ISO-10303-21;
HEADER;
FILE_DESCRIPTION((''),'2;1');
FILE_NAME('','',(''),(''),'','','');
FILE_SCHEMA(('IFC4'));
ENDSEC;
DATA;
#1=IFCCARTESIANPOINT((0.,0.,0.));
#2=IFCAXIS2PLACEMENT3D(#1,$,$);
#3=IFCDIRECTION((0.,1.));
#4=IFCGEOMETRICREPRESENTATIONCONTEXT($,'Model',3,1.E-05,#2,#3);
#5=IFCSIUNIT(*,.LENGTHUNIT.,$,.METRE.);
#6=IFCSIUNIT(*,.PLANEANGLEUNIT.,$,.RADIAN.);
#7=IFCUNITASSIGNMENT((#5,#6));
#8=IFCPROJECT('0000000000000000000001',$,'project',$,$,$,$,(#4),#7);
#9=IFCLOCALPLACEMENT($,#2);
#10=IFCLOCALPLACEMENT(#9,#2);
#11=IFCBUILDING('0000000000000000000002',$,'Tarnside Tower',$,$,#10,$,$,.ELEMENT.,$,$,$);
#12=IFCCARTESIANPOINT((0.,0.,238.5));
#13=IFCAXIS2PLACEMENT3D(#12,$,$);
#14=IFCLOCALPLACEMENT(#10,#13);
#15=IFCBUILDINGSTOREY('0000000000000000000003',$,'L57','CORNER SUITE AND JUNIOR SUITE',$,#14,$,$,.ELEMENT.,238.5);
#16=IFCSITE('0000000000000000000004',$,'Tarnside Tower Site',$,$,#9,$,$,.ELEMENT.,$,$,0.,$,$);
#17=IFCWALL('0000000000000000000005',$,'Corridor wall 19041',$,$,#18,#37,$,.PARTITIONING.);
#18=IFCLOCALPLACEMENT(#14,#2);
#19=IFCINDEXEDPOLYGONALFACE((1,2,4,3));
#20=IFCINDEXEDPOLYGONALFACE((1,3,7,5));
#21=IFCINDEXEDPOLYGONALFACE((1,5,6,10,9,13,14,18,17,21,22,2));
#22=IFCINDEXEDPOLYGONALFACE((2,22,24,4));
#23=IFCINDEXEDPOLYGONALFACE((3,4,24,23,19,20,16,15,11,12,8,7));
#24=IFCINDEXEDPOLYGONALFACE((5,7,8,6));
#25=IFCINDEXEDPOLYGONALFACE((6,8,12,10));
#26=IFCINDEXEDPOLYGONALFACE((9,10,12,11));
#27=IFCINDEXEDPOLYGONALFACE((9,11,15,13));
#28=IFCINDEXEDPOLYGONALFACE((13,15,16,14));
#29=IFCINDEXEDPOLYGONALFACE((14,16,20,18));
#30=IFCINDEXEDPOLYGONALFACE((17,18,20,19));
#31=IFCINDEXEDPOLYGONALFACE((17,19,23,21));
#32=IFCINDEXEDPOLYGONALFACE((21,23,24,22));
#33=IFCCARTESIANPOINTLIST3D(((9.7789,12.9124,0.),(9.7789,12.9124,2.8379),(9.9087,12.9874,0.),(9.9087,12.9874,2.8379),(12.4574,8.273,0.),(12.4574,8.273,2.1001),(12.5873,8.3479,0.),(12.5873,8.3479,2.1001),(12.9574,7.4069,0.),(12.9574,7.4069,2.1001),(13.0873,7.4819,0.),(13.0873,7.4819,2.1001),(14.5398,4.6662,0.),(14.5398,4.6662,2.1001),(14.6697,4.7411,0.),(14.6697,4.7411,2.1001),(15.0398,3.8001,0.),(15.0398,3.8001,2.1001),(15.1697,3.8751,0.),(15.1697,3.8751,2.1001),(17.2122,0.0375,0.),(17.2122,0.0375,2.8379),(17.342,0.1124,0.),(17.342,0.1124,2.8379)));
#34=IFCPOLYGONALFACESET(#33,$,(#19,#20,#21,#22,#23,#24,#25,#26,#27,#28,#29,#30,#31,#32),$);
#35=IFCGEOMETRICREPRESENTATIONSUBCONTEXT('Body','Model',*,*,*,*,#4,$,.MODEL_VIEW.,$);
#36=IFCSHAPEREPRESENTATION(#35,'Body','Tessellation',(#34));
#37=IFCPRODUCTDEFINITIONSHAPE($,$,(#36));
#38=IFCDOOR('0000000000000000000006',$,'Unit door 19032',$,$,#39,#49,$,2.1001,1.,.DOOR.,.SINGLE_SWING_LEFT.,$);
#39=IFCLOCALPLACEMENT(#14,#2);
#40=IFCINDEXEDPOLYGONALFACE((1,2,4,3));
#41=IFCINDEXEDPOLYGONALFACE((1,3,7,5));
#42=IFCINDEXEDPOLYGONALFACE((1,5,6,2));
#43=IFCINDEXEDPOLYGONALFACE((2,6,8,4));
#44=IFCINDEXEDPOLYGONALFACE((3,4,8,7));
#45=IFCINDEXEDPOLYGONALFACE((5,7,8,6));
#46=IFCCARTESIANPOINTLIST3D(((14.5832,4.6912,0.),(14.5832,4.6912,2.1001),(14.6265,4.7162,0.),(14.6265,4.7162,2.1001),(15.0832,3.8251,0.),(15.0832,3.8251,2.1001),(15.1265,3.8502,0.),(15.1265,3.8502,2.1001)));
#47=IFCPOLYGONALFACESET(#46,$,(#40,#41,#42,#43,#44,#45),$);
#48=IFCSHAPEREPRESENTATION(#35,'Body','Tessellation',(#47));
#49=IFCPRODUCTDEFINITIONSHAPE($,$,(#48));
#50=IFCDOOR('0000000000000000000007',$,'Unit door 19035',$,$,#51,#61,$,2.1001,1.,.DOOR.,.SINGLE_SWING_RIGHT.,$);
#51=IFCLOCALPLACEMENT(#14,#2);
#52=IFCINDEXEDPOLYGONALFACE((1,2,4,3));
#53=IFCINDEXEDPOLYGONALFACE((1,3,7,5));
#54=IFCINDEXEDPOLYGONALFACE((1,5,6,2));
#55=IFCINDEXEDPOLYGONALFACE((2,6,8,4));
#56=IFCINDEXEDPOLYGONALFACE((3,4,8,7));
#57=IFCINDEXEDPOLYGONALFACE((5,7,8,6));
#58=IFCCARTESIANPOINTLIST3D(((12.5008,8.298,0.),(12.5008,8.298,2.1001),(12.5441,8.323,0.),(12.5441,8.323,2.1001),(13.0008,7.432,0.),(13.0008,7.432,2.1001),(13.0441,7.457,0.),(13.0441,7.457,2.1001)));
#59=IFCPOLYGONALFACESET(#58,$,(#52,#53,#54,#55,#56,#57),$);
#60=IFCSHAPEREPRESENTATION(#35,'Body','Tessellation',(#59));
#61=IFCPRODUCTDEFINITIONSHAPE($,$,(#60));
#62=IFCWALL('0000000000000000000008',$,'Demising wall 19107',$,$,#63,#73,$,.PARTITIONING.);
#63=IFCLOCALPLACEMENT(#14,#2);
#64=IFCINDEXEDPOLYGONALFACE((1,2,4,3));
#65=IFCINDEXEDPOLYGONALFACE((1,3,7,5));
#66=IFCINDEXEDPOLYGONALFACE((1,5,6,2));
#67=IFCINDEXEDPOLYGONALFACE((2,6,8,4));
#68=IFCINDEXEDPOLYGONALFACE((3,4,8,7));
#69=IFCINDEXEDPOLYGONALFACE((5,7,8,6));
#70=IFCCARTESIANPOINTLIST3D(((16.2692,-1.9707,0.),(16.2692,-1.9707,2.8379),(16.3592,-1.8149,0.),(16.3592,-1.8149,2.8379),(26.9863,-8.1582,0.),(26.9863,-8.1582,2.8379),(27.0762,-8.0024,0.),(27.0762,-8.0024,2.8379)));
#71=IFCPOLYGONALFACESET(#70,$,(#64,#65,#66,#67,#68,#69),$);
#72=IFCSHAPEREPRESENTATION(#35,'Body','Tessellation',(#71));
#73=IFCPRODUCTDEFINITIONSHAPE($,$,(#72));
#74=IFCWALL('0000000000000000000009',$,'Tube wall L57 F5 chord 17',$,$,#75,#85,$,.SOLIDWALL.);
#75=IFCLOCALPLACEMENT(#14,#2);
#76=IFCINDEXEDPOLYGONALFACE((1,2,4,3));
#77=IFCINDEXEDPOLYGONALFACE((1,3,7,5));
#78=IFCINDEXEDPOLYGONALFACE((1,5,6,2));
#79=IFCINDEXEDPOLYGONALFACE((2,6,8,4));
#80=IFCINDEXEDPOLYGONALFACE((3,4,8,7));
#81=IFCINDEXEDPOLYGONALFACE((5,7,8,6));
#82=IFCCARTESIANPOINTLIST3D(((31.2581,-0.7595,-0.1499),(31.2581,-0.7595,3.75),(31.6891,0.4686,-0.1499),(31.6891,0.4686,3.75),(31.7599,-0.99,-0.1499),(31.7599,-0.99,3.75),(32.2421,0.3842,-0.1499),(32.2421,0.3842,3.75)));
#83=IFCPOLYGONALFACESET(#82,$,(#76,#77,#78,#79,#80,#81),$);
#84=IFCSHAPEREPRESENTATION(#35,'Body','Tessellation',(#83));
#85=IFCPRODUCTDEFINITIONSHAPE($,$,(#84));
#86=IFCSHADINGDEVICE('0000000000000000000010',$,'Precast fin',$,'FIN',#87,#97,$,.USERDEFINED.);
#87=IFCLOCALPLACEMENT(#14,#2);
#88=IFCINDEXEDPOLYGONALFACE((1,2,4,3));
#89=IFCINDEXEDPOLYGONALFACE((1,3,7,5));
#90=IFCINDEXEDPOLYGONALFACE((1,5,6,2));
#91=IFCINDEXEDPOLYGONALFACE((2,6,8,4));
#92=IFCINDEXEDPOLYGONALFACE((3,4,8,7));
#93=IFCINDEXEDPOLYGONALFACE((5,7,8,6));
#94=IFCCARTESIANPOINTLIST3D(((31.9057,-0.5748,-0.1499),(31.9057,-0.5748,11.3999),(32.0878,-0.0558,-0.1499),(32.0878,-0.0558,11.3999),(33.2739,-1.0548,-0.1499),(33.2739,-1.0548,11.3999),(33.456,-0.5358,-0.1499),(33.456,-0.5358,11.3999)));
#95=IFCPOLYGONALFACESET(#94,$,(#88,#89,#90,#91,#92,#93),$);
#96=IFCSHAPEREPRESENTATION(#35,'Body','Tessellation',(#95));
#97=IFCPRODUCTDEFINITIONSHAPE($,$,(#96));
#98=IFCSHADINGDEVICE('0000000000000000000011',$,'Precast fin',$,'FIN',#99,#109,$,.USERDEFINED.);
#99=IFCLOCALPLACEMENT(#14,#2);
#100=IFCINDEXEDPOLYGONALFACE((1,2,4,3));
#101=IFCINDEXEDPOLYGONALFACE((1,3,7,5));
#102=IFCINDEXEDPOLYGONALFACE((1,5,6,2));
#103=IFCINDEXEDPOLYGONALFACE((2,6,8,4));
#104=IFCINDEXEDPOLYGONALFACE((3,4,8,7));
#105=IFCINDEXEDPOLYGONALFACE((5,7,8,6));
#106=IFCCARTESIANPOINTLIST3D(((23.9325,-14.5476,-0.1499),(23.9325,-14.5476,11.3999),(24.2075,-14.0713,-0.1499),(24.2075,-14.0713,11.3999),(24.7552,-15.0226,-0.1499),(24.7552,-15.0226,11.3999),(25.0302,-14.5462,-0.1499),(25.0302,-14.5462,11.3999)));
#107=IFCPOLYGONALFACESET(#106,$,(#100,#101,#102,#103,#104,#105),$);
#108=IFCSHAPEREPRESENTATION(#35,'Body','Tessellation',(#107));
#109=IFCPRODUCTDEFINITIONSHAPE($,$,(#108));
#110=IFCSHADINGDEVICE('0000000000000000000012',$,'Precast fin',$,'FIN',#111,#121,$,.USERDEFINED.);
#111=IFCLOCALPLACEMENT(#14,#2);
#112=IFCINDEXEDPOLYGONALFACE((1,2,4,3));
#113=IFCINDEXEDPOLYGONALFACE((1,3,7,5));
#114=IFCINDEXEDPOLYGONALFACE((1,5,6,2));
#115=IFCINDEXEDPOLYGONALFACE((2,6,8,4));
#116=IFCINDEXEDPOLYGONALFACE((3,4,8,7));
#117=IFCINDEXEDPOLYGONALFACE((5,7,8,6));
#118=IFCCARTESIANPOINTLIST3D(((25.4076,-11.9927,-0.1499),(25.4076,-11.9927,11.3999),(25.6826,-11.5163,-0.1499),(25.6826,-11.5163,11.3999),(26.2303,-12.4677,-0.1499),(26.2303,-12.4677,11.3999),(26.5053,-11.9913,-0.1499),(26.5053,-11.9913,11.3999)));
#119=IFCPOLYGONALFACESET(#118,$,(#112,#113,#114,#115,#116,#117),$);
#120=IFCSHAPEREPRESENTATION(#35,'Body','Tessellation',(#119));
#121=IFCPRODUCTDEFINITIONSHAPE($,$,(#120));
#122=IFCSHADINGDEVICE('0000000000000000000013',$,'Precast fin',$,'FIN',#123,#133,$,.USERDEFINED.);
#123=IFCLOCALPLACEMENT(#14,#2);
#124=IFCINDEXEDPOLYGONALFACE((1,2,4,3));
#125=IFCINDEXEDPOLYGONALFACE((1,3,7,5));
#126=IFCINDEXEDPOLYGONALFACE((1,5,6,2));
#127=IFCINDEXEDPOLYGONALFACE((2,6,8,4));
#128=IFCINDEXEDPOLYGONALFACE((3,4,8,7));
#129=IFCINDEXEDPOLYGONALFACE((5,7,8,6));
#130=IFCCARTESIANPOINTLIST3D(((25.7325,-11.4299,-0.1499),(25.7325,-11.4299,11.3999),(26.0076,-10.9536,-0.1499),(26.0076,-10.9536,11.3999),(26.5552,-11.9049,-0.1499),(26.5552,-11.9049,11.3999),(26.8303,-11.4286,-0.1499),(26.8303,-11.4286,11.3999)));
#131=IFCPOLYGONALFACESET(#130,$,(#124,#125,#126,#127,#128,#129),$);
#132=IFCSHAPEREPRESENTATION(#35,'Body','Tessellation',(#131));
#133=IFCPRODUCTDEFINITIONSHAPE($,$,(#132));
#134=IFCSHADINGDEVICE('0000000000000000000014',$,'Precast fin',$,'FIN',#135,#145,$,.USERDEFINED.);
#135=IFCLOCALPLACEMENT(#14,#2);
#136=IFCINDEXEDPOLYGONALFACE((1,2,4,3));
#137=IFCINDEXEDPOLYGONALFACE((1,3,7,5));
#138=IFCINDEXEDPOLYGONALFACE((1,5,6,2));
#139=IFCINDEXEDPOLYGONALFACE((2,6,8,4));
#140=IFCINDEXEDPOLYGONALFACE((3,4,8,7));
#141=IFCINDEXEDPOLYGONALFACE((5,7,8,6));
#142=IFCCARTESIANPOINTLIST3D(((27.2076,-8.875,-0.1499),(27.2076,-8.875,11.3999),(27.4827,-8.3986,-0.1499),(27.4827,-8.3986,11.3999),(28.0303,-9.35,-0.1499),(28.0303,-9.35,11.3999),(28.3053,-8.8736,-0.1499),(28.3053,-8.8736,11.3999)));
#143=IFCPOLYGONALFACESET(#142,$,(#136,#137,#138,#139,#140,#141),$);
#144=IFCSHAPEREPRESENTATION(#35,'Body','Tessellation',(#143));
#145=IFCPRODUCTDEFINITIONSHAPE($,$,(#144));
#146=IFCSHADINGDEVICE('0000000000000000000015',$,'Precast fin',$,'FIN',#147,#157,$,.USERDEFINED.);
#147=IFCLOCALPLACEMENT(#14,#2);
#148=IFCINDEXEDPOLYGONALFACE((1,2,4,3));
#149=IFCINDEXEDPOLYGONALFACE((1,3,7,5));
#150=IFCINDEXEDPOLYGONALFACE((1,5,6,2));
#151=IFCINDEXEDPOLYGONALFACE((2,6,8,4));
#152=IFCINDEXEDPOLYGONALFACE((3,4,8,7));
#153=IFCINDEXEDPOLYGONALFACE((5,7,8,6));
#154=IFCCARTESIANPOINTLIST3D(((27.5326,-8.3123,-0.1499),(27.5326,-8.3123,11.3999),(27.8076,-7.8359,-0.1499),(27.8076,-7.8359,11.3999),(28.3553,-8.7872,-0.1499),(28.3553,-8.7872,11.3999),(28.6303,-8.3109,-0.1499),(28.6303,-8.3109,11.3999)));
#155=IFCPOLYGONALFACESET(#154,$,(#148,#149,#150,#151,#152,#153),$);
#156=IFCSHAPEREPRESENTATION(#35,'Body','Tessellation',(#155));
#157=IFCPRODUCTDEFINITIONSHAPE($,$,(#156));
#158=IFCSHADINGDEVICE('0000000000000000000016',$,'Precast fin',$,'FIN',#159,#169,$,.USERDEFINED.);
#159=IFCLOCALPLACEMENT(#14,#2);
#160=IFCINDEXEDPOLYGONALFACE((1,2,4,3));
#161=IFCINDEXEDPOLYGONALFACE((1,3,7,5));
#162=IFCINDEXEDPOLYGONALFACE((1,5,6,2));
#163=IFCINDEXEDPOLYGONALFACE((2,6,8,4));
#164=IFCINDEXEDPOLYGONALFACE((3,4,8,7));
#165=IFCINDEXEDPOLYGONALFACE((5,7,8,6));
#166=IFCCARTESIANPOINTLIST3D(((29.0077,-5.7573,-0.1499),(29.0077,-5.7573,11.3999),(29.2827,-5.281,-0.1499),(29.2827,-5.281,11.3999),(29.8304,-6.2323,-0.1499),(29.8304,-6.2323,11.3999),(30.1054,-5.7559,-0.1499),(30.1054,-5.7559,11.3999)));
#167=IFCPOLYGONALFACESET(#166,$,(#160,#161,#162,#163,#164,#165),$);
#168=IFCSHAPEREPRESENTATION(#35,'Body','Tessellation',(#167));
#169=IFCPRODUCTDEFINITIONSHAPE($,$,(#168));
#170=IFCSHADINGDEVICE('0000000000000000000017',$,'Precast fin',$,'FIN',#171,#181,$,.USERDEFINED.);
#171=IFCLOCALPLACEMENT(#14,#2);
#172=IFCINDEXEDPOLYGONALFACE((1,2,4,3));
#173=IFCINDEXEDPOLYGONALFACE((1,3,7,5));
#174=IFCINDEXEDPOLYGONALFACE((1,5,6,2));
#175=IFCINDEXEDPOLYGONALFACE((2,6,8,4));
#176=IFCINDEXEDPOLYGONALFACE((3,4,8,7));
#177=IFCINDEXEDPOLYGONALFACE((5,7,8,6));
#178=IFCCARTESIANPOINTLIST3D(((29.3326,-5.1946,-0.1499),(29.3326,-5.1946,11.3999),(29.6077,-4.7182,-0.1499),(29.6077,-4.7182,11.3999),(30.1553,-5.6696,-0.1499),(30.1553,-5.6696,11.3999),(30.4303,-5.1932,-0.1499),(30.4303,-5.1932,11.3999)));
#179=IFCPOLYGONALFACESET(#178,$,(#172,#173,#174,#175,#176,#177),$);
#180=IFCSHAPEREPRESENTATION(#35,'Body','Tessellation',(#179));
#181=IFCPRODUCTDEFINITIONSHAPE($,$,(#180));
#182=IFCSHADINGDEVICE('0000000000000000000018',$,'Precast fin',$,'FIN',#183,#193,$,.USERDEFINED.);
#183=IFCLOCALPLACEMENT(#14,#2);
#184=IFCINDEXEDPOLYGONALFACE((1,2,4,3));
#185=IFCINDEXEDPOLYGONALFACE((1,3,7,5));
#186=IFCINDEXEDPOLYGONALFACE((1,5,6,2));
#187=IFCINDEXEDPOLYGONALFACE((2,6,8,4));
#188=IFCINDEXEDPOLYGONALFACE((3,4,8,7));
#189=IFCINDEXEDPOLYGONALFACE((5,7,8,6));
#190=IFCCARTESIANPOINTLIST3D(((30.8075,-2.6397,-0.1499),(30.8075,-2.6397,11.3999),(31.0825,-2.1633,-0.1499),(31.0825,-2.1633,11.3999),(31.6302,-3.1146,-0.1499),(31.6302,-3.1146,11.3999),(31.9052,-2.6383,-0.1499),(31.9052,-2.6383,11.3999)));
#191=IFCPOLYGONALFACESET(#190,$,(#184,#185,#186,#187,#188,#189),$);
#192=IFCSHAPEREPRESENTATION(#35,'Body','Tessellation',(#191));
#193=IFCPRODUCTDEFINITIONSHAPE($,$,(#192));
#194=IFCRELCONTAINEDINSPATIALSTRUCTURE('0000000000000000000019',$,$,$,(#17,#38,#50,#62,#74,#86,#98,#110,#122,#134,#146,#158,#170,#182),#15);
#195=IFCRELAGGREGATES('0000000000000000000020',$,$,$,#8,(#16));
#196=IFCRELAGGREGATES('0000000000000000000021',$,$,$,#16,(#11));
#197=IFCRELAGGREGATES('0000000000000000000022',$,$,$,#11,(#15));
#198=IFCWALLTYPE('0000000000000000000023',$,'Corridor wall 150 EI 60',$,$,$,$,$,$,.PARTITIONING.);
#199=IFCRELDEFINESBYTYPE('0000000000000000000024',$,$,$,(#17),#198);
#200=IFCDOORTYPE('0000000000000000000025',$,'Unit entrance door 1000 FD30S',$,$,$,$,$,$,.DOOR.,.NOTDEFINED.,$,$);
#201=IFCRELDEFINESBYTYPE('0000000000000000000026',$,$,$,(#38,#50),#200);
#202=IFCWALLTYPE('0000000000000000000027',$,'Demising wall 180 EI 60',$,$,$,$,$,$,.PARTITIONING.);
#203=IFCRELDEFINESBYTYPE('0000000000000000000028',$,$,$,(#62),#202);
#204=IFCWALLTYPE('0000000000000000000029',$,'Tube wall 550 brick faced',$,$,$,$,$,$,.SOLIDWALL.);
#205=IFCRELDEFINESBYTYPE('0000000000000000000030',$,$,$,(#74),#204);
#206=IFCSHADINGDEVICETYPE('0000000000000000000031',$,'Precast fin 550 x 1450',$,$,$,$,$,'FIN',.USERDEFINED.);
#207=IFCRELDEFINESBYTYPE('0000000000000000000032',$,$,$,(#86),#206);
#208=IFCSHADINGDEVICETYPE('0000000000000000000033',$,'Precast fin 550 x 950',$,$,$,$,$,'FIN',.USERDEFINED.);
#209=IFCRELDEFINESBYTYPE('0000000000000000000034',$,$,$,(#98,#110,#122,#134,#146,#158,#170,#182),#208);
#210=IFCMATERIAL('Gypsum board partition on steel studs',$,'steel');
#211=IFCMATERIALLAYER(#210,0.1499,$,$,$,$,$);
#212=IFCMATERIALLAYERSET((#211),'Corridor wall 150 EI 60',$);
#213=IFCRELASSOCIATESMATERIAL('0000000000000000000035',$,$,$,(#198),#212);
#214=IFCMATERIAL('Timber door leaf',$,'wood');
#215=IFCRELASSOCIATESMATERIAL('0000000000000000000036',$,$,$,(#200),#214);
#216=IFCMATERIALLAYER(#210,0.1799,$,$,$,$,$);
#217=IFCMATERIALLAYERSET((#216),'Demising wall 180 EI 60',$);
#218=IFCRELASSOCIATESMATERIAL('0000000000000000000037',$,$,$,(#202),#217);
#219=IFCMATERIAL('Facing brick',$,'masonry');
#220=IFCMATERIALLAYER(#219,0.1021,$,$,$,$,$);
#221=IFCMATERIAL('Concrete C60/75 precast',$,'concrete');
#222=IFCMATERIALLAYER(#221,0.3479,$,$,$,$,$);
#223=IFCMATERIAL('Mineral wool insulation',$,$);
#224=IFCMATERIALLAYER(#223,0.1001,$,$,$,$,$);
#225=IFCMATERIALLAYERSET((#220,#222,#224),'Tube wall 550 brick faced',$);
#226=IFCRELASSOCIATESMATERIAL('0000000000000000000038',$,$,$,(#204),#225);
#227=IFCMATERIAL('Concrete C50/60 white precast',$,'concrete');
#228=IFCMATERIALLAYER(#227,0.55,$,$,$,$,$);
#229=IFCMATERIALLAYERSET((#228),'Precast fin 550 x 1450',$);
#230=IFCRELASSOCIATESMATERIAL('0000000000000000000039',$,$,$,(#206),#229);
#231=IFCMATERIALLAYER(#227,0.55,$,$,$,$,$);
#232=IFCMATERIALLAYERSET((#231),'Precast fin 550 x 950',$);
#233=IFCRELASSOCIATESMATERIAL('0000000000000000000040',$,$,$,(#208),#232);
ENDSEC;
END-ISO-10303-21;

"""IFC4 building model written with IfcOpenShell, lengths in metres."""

from ifc_helpers import new_model, si_unit, direction, frame, frame_2d, origin, place, context, subcontext, project, spatial, polyline, rectangle, outline, extrude, material, layer, layer_set, type_object, element, fill, save


model = new_model("IFC4")

# Units and contexts
model_context = context("Model", 3, precision=1e-05, world=origin(), true_north=direction((0.0, 1.0)))
body_context = subcontext(model_context, "Body", "Model", "MODEL_VIEW")
ifc_project = project(units=[si_unit("LENGTHUNIT", "METRE"), si_unit("PLANEANGLEUNIT", "RADIAN")], contexts=[model_context])

# Site, building, storey
site_placement = place(None, origin())
site = spatial("IfcSite", under=ifc_project, at=site_placement, Name="Tarnside Tower Site", CompositionType="ELEMENT", RefElevation=0.0)
building_placement = place(site_placement, origin())
building = spatial("IfcBuilding", under=site, at=building_placement, Name="Tarnside Tower", CompositionType="ELEMENT")
storey_placement = place(building_placement, frame((0.0, 0.0, 238.5)))
storey = spatial("IfcBuildingStorey", under=building, at=storey_placement, Name="L57", Description="CORNER SUITE AND JUNIOR SUITE", CompositionType="ELEMENT", Elevation=238.5)

# Shared definitions
ifc_material_1 = material(Name="Gypsum board partition on steel studs", Category="steel")

# Shared definitions
ifc_material_2 = material(Name="Timber door leaf", Category="wood")

# Wall, openings, doors
ifc_layer_1 = layer(ifc_material_1, 0.1499)
ifc_layer_set_1 = layer_set([ifc_layer_1], Name="Corridor wall 150 EI 60")
wall_type_1 = type_object("IfcWallType", Name="Corridor wall 150 EI 60", PredefinedType="PARTITIONING", material=ifc_layer_set_1)
wall_1_placement = place(storey_placement, frame((17.2771, 0.075, 0.0), z_axis=(0.0, 0.0, 1.0), x_axis=(-0.499998, 0.866026, 0.0)))
wall_1 = element("IfcWall", 1, at=wall_1_placement, inside=storey, type_object=wall_type_1, Name="Corridor wall 19041", PredefinedType="PARTITIONING", context=body_context, shape_type="SweptSolid", body=[
    extrude(rectangle(XDim=14.8667, YDim=0.1499, at=frame_2d((7.4333, 0.0))), origin(), (0.0, 0.0, 1.0), 2.8379),
])
opening_1_placement = place(wall_1_placement, frame((4.3447, 0.0, 0.0)))
opening_1 = element("IfcOpeningElement", 2, at=opening_1_placement, cuts=wall_1, PredefinedType="OPENING", context=body_context, shape_type="SweptSolid", body=[
    extrude(rectangle(XDim=1.0, YDim=2.1001, at=frame_2d((0.5, 1.05))), frame((0.0, 0.085, 0.0), z_axis=(0.0, -1.0, 0.0), x_axis=(1.0, 0.0, 0.0)), (0.0, 0.0, 1.0), 0.1699),
])
opening_2_placement = place(wall_1_placement, frame((8.5095, 0.0, 0.0)))
opening_2 = element("IfcOpeningElement", 3, at=opening_2_placement, cuts=wall_1, PredefinedType="OPENING", context=body_context, shape_type="SweptSolid", body=[
    extrude(rectangle(XDim=1.0, YDim=2.1001, at=frame_2d((0.5, 1.05))), frame((0.0, 0.085, 0.0), z_axis=(0.0, -1.0, 0.0), x_axis=(1.0, 0.0, 0.0)), (0.0, 0.0, 1.0), 0.1699),
])
door_type_1 = type_object("IfcDoorType", Name="Unit entrance door 1000 FD30S", OperationType="NOTDEFINED", PredefinedType="DOOR", material=ifc_material_2)
door_1_placement = place(opening_1_placement, origin())
door_1 = element("IfcDoor", 4, at=door_1_placement, inside=storey, type_object=door_type_1, Name="Unit door 19032", OperationType="SINGLE_SWING_LEFT", OverallHeight=2.1001, OverallWidth=1.0, PredefinedType="DOOR", context=body_context, shape_type="SweptSolid", body=[
    extrude(rectangle(XDim=1.0, YDim=2.1001, at=frame_2d((0.5, 1.05))), frame((0.0, 0.0249, 0.0), z_axis=(0.0, -1.0, 0.0), x_axis=(1.0, 0.0, 0.0)), (0.0, 0.0, 1.0), 0.05),
])
fill(opening_1, door_1)
door_2_placement = place(opening_2_placement, origin())
door_2 = element("IfcDoor", 5, at=door_2_placement, inside=storey, type_object=door_type_1, Name="Unit door 19035", OperationType="SINGLE_SWING_RIGHT", OverallHeight=2.1001, OverallWidth=1.0, PredefinedType="DOOR", context=body_context, shape_type="SweptSolid", body=[
    extrude(rectangle(XDim=1.0, YDim=2.1001, at=frame_2d((0.5, 1.05))), frame((0.0, 0.0249, 0.0), z_axis=(0.0, -1.0, 0.0), x_axis=(1.0, 0.0, 0.0)), (0.0, 0.0, 1.0), 0.05),
])
fill(opening_2, door_2)

# Walls
ifc_layer_2 = layer(ifc_material_1, 0.1799)
ifc_layer_set_2 = layer_set([ifc_layer_2], Name="Demising wall 180 EI 60")
wall_type_2 = type_object("IfcWallType", Name="Demising wall 180 EI 60", PredefinedType="PARTITIONING", material=ifc_layer_set_2)
wall_2_placement = place(storey_placement, frame((27.0312, -8.0803, 0.0), z_axis=(0.0, 0.0, 1.0), x_axis=(-0.866025, 0.500001, 0.0)))
element("IfcWall", 6, at=wall_2_placement, inside=storey, type_object=wall_type_2, Name="Demising wall 19107", PredefinedType="PARTITIONING", context=body_context, shape_type="SweptSolid", body=[
    extrude(rectangle(XDim=12.375, YDim=0.1799, at=frame_2d((6.1875, 0.0))), origin(), (0.0, 0.0, 1.0), 2.8379),
])
ifc_material_3 = material(Name="Facing brick", Category="masonry")
ifc_layer_3 = layer(ifc_material_3, 0.1021)
ifc_material_4 = material(Name="Concrete C60/75 precast", Category="concrete")
ifc_layer_4 = layer(ifc_material_4, 0.3479)
ifc_material_5 = material(Name="Mineral wool insulation")
ifc_layer_5 = layer(ifc_material_5, 0.1001)
ifc_layer_set_3 = layer_set([ifc_layer_3, ifc_layer_4, ifc_layer_5], Name="Tube wall 550 brick faced")
wall_type_3 = type_object("IfcWallType", Name="Tube wall 550 brick faced", PredefinedType="SOLIDWALL", material=ifc_layer_set_3)
wall_3_placement = place(storey_placement, frame((31.509, -0.8748, -0.1499), z_axis=(0.0, 0.0, 1.0), x_axis=(0.331115, 0.94359, 0.0)))
element("IfcWall", 7, at=wall_3_placement, inside=storey, type_object=wall_type_3, Name="Tube wall L57 F5 chord 17", PredefinedType="SOLIDWALL", context=body_context, shape_type="SweptSolid", body=[
    extrude(outline(polyline([(-0.0256, -0.2749), (1.4307, -0.2749), (1.3271, 0.2749), (0.0256, 0.2749), (-0.0256, -0.2749)])), origin(), (0.0, 0.0, 1.0), 3.8999),
])

# Shading devices
ifc_material_6 = material(Name="Concrete C50/60 white precast", Category="concrete")
ifc_layer_6 = layer(ifc_material_6, 0.55)
ifc_layer_set_4 = layer_set([ifc_layer_6], Name="Precast fin 550 x 1450")
shading_device_type_1 = type_object("IfcShadingDeviceType", Name="Precast fin 550 x 1450", ElementType="FIN", PredefinedType="USERDEFINED", material=ifc_layer_set_4)
shading_device_placement = place(storey_placement, frame((31.9968, -0.3152, -0.1499), z_axis=(-0.331063, -0.943609, 0.0), x_axis=(0.943609, -0.331063, 0.0)))
element("IfcShadingDevice", 8, at=shading_device_placement, inside=storey, type_object=shading_device_type_1, Name="Precast fin", ObjectType="FIN", PredefinedType="USERDEFINED", context=body_context, shape_type="SweptSolid", body=[
    extrude(outline(polyline([(0.0, 0.0), (1.45, 0.0), (1.45, 11.5498), (0.0, 11.5498), (0.0, 0.0)])), frame((0.0, 0.0, -0.2749)), (0.0, 0.0, 1.0), 0.55),
])
ifc_layer_7 = layer(ifc_material_6, 0.55)
ifc_layer_set_5 = layer_set([ifc_layer_7], Name="Precast fin 550 x 950")
shading_device_type_2 = type_object("IfcShadingDeviceType", Name="Precast fin 550 x 950", ElementType="FIN", PredefinedType="USERDEFINED", material=ifc_layer_set_5)
for number, where, z_axis, x_axis, name in (
    (9, (24.0701, -14.3093, -0.1499), (-0.5, -0.866025, 0.0), (0.866025, -0.5, 0.0), "Precast fin"),
    (10, (25.5452, -11.7544, -0.1499), (-0.5, -0.866025, 0.0), (0.866025, -0.5, 0.0), "Precast fin"),
    (11, (25.8701, -11.1917, -0.1499), (-0.5, -0.866025, 0.0), (0.866025, -0.5, 0.0), "Precast fin"),
    (12, (27.3452, -8.6367, -0.1499), (-0.5, -0.866025, 0.0), (0.866025, -0.5, 0.0), "Precast fin"),
    (13, (27.6702, -8.074, -0.1499), (-0.5, -0.866025, 0.0), (0.866025, -0.5, 0.0), "Precast fin"),
    (14, (29.1453, -5.519, -0.1499), (-0.5, -0.866025, 0.0), (0.866025, -0.5, 0.0), "Precast fin"),
    (15, (29.4702, -4.9563, -0.1499), (-0.5, -0.866025, 0.0), (0.866025, -0.5, 0.0), "Precast fin"),
    (16, (30.9451, -2.4014, -0.1499), (-0.5, -0.866025, 0.0), (0.866025, -0.5, 0.0), "Precast fin"),
):
    element("IfcShadingDevice", number, at=place(storey_placement, frame(where, z_axis=z_axis, x_axis=x_axis)), inside=storey, type_object=shading_device_type_2, Name=name, ObjectType="FIN", PredefinedType="USERDEFINED", context=body_context, shape_type="SweptSolid", body=[
        extrude(outline(polyline([(0.0, 0.0), (0.95, 0.0), (0.95, 11.5498), (0.0, 11.5498), (0.0, 0.0)])), frame((0.0, 0.0, -0.2749)), (0.0, 0.0, 1.0), 0.55),
    ])

save(model, "model.ifc")
